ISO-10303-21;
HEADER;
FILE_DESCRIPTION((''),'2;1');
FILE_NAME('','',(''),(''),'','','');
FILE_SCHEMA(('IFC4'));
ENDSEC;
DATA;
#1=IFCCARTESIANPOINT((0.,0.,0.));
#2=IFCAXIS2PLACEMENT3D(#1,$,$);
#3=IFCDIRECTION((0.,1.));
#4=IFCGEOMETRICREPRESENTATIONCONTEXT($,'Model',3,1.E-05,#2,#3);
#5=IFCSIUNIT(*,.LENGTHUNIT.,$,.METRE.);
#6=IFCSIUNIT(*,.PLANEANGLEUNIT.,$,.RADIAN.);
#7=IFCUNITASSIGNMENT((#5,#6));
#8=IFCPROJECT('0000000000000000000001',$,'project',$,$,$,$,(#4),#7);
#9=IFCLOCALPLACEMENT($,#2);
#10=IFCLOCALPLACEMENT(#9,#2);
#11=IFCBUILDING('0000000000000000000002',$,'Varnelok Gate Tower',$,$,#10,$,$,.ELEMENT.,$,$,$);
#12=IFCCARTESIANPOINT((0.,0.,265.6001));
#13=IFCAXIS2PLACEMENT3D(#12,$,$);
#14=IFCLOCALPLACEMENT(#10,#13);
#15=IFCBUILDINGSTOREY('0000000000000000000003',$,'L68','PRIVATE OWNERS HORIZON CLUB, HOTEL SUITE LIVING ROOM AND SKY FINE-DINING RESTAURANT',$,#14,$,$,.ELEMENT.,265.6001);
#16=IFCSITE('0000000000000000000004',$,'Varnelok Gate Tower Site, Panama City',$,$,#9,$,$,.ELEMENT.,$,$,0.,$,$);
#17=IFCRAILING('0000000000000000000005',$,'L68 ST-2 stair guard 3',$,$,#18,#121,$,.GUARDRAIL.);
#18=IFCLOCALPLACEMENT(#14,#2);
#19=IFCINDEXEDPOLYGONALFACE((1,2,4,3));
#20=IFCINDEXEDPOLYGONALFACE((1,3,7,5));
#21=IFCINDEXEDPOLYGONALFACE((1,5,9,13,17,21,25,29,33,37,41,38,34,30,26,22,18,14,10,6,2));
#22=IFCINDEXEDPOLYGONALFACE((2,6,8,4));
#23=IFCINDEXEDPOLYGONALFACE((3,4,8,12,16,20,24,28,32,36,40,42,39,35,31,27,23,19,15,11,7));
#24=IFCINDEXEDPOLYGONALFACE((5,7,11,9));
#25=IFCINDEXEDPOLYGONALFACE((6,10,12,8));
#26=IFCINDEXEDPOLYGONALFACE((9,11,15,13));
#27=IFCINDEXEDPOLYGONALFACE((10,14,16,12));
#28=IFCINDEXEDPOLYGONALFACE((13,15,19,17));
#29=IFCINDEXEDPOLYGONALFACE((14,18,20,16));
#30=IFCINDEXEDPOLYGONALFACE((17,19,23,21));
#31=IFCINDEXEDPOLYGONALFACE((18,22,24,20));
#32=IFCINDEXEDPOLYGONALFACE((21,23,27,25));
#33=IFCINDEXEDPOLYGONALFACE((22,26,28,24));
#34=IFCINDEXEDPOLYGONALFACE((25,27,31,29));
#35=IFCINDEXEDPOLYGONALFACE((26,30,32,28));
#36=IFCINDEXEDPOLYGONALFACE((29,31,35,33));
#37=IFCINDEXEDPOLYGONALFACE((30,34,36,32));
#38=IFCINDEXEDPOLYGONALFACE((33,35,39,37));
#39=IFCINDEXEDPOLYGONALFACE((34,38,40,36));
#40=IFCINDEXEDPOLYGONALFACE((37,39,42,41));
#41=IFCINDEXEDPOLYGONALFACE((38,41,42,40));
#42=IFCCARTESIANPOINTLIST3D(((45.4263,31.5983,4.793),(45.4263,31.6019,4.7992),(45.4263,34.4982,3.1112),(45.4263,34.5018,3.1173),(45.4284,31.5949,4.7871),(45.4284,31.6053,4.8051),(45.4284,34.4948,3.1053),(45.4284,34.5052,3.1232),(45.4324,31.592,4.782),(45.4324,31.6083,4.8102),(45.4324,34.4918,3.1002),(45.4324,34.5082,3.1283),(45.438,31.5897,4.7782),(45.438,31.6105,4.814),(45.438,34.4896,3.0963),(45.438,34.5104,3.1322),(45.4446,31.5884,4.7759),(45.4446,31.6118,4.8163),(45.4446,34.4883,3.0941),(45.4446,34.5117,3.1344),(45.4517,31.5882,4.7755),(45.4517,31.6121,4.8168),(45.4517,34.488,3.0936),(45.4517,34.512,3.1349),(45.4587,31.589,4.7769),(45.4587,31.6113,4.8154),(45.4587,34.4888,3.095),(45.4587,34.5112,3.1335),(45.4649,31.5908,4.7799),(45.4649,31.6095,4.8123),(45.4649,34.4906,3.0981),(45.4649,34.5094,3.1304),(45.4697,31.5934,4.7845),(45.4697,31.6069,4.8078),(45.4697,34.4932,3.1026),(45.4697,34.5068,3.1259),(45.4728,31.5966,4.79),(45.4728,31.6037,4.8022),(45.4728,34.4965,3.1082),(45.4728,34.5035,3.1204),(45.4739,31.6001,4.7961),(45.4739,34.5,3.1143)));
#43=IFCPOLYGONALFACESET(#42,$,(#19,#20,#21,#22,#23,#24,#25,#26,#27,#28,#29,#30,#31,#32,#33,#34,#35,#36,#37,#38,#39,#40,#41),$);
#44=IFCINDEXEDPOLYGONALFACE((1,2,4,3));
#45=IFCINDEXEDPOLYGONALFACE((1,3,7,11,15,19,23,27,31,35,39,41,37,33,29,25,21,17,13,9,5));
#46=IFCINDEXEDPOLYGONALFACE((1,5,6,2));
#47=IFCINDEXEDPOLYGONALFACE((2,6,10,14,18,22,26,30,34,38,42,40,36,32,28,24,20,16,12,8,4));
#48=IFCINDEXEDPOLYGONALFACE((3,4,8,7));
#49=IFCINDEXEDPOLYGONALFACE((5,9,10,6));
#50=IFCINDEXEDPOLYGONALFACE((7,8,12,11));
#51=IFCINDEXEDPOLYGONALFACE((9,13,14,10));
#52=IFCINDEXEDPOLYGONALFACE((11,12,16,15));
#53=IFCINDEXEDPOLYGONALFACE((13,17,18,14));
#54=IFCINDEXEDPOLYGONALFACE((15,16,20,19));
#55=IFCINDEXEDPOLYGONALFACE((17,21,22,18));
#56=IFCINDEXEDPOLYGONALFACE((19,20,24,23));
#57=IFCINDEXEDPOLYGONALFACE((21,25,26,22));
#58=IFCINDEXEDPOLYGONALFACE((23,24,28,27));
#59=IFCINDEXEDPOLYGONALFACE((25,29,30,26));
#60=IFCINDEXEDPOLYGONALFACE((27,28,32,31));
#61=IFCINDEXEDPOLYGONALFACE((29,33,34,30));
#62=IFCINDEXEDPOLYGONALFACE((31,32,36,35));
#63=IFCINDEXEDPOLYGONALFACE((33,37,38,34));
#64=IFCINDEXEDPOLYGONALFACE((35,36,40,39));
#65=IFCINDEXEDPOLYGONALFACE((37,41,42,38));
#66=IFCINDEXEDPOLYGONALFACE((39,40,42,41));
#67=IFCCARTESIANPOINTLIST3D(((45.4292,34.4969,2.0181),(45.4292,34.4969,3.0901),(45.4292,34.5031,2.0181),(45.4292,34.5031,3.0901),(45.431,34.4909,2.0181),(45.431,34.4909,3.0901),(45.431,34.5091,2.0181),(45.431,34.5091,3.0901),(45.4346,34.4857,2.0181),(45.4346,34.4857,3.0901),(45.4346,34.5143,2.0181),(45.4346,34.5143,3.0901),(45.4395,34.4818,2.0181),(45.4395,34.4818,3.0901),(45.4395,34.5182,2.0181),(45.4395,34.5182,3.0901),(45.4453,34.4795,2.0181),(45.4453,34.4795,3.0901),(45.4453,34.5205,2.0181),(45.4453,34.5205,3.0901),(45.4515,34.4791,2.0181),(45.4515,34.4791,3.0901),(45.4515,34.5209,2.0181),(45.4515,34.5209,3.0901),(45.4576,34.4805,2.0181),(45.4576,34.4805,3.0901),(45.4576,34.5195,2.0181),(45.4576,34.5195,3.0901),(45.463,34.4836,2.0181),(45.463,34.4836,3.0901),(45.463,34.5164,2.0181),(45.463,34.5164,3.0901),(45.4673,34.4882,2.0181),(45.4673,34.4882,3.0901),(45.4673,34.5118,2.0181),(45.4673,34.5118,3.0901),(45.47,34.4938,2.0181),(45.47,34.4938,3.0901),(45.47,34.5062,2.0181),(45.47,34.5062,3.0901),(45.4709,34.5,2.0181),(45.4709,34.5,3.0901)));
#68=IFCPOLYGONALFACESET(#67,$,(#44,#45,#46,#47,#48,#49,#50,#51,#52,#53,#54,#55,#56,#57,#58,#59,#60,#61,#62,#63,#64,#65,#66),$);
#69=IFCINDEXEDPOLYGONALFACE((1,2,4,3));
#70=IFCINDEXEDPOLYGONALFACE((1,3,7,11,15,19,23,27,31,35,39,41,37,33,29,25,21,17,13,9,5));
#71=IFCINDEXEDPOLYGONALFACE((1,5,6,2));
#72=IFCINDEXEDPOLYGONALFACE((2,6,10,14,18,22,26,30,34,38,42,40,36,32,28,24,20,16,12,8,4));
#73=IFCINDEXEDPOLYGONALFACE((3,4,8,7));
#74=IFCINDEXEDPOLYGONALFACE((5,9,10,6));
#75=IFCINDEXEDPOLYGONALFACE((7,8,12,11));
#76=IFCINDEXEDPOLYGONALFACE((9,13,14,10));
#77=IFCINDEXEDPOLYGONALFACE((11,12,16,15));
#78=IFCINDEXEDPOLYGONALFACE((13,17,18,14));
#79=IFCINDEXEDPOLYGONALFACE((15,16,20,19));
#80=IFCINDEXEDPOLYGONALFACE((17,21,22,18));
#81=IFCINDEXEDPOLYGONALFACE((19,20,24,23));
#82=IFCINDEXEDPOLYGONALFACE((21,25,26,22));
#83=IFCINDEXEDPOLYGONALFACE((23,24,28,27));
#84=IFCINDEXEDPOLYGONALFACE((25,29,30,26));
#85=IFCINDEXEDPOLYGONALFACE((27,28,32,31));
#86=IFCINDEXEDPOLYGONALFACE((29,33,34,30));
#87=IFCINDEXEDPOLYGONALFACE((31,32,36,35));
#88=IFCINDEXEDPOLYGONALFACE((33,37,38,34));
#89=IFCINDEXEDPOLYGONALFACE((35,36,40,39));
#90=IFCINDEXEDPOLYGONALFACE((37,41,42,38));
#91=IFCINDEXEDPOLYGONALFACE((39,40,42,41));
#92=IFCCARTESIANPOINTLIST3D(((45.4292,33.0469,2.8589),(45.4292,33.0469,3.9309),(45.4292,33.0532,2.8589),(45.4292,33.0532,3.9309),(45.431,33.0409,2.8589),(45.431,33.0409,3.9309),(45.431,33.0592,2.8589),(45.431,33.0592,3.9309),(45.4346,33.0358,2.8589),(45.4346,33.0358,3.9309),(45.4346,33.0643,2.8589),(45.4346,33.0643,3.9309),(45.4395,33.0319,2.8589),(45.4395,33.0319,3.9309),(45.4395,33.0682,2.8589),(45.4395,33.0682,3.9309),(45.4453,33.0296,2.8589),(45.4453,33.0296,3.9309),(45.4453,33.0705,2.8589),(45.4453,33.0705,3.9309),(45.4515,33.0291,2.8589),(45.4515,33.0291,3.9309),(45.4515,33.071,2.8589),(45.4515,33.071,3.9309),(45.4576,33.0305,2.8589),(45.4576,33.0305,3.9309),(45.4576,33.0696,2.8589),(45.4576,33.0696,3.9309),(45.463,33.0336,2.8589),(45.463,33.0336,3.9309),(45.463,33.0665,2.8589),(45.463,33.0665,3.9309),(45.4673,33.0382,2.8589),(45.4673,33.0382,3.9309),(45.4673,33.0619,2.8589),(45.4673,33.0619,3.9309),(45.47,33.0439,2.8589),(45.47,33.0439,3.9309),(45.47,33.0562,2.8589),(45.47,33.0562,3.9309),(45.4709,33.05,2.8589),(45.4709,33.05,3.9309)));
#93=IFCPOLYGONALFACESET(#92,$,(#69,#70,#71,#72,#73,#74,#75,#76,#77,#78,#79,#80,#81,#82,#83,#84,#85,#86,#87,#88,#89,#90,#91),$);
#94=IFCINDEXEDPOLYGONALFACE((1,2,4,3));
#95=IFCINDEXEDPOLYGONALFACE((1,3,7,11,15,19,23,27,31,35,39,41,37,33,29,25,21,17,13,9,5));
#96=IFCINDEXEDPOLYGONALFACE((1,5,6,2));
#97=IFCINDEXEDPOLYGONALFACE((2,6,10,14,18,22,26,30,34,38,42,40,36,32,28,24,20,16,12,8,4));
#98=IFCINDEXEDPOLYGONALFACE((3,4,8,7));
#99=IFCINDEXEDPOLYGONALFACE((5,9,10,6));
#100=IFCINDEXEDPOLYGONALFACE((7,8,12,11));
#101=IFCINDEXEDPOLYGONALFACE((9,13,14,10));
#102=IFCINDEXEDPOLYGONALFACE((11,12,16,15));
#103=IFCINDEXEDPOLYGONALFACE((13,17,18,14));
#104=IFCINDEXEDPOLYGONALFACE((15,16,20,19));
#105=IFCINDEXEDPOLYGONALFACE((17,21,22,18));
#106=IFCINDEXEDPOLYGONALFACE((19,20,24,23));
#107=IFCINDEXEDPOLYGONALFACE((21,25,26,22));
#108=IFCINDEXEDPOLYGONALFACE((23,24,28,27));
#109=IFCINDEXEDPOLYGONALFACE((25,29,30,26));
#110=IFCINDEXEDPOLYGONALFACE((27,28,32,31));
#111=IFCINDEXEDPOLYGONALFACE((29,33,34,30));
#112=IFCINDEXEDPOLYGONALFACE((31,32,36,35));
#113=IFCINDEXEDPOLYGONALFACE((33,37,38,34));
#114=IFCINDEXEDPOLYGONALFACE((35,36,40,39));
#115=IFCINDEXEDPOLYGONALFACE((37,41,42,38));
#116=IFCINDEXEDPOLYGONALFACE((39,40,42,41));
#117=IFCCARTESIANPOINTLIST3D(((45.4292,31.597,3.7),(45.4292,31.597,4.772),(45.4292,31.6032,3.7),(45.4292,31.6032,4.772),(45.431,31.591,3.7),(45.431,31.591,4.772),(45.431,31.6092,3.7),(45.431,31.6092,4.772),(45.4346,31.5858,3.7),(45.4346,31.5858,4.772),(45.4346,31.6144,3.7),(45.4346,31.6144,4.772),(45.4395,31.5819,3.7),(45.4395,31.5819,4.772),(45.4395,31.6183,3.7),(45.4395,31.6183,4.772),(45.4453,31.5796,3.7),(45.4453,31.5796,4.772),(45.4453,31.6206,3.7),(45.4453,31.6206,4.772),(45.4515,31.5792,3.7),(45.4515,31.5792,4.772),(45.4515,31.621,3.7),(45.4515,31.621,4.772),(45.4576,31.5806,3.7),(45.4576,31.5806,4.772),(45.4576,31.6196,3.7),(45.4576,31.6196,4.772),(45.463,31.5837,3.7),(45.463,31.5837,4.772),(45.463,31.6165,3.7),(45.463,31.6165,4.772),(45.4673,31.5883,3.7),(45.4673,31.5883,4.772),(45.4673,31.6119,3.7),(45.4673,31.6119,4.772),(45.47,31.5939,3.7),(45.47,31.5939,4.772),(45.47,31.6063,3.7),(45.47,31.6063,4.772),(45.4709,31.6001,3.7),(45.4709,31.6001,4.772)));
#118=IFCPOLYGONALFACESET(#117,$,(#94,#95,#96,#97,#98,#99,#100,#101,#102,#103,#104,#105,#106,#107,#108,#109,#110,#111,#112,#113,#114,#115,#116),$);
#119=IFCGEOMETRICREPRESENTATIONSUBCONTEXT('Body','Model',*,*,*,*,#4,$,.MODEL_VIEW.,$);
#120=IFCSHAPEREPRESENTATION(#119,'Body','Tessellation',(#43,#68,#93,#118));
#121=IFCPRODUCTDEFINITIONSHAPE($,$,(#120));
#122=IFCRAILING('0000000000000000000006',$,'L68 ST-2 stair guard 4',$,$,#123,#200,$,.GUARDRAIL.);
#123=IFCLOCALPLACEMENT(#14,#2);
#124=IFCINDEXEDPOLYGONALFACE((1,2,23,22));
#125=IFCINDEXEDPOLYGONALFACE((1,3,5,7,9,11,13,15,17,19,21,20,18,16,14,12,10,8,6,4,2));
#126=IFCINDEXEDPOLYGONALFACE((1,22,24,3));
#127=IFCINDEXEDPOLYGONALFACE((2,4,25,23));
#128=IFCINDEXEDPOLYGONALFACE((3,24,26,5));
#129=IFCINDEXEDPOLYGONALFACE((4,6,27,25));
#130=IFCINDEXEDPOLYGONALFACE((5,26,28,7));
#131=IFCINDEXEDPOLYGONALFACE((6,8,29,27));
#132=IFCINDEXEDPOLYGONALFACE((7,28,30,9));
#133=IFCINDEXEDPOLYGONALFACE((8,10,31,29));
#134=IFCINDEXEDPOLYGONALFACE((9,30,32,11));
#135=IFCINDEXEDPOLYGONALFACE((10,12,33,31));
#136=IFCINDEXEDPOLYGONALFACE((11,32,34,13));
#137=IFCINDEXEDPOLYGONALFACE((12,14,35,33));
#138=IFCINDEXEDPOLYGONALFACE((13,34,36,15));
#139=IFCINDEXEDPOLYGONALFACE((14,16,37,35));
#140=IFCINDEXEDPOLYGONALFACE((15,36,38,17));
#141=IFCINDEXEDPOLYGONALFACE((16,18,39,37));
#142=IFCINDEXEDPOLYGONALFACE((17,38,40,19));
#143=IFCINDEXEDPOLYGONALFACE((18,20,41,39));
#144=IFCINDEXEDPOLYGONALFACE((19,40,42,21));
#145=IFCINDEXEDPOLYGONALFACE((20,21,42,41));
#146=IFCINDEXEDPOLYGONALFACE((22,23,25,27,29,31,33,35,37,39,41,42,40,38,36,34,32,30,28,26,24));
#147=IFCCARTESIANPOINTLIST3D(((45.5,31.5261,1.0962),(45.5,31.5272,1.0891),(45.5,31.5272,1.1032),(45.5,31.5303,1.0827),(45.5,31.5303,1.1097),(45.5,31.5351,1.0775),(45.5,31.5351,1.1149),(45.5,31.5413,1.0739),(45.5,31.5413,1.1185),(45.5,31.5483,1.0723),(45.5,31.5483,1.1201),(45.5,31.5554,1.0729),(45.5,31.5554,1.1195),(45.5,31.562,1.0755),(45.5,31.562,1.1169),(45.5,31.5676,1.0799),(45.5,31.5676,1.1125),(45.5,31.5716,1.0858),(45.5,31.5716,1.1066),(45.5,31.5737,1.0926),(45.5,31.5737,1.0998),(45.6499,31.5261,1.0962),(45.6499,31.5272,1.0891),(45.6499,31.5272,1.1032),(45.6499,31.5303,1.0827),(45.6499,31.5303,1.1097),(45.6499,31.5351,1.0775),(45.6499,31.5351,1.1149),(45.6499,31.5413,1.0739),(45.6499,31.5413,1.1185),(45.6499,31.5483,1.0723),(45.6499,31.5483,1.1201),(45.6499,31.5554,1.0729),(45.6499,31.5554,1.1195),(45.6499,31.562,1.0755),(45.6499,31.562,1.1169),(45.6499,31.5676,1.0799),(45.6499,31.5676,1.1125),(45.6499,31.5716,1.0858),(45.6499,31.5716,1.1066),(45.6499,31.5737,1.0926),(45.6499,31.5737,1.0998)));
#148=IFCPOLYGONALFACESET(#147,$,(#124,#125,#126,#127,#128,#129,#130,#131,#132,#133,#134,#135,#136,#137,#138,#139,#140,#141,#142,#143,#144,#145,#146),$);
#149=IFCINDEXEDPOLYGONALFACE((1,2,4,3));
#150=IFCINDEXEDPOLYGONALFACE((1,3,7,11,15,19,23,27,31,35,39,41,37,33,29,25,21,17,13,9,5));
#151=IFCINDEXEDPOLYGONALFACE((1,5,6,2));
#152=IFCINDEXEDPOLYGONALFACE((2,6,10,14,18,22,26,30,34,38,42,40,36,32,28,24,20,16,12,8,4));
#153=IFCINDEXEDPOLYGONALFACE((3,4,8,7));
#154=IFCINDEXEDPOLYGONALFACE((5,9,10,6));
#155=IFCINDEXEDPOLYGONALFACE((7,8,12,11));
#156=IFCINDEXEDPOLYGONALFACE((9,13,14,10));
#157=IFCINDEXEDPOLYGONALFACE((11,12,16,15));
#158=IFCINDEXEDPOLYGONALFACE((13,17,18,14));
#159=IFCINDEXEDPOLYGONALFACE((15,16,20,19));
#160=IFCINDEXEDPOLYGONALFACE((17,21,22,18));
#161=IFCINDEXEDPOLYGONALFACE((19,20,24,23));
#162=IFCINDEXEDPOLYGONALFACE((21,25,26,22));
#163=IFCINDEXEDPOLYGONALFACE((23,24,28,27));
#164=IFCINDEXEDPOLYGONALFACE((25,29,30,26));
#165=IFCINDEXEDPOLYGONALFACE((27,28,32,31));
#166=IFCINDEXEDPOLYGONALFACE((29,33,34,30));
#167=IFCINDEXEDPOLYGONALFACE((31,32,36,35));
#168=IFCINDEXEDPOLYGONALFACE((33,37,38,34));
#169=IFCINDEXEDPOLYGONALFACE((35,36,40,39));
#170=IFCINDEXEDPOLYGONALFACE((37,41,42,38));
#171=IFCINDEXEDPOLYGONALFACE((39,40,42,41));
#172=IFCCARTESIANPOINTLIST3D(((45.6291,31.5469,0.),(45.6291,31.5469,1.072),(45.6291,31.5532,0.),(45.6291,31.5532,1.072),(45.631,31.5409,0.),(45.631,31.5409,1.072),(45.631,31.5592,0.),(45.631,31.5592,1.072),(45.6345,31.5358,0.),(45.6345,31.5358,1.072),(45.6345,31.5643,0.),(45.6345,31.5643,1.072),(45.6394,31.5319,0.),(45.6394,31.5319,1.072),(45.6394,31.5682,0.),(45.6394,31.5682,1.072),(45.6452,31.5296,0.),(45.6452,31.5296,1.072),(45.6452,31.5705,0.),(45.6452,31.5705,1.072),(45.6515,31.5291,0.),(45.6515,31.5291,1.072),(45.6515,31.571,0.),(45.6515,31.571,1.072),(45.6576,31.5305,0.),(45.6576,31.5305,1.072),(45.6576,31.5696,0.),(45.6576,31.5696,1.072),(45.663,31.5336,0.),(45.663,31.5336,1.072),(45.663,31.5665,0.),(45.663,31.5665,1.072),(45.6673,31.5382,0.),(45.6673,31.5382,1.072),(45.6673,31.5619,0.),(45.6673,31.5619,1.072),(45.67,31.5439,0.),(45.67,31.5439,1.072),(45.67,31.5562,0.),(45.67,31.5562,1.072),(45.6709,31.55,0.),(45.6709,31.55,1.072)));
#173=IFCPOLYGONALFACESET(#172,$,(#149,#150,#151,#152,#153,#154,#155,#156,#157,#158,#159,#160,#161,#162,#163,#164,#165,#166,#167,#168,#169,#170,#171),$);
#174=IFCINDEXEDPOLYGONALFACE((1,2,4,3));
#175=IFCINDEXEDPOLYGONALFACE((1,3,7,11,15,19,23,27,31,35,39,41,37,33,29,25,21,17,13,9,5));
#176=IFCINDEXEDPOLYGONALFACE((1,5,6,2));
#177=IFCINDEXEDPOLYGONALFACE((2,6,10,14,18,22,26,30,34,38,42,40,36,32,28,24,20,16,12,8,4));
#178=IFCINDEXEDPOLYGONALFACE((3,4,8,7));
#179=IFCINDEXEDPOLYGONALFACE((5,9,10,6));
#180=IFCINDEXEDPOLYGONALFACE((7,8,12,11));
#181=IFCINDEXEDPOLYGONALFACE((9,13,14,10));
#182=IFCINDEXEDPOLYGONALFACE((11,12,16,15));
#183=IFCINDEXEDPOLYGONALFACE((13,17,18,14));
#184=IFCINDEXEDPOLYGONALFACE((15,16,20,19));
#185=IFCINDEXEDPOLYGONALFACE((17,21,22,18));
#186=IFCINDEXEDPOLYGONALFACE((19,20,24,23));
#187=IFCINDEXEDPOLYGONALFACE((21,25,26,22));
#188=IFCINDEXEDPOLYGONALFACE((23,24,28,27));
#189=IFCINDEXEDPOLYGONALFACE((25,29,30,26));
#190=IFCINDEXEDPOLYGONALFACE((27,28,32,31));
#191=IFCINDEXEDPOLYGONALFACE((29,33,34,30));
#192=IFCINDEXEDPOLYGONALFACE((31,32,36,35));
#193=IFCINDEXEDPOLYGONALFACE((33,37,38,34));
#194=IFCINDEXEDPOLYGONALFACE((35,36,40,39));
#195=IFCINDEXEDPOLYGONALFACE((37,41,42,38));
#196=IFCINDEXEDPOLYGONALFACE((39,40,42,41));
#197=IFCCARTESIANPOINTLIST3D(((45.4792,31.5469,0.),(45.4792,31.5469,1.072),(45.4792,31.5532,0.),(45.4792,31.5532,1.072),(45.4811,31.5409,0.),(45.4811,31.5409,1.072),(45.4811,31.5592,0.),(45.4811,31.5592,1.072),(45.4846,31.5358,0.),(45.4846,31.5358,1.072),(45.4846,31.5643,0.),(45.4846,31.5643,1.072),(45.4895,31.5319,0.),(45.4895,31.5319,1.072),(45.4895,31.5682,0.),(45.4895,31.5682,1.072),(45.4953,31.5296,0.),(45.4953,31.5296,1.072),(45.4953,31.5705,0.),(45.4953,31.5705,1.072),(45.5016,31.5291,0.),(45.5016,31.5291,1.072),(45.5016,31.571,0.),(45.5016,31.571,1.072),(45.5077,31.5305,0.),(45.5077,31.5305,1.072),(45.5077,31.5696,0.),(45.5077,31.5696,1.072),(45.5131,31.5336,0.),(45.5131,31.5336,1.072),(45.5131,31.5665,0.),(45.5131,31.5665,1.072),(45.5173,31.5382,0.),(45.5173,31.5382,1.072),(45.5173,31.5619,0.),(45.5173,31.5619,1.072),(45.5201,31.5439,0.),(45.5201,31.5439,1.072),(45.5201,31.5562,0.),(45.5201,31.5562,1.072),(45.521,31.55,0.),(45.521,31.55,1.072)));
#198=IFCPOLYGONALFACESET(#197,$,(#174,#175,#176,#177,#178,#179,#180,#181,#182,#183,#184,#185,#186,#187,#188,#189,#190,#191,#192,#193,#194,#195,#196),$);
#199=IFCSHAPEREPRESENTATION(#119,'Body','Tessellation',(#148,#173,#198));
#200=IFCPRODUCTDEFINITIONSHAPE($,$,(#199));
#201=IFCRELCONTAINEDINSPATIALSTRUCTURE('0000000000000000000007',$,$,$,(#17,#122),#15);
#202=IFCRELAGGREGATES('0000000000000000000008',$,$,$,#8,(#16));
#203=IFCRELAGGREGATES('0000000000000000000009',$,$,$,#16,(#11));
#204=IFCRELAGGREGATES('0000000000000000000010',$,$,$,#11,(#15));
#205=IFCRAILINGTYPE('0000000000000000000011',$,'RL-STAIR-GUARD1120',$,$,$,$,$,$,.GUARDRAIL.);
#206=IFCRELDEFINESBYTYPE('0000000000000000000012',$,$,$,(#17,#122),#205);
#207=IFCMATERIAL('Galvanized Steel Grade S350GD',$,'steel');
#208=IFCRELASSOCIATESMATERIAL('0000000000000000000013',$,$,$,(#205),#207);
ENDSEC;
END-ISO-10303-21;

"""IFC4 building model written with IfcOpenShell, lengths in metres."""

from ifc_helpers import new_model, si_unit, direction, frame, origin, origin_2d, place, context, subcontext, project, spatial, circle, extrude, material, type_object, element, save


model = new_model("IFC4")

# Units and contexts
model_context = context("Model", 3, precision=1e-05, world=origin(), true_north=direction((0.0, 1.0)))
body_context = subcontext(model_context, "Body", "Model", "MODEL_VIEW")
ifc_project = project(units=[si_unit("LENGTHUNIT", "METRE"), si_unit("PLANEANGLEUNIT", "RADIAN")], contexts=[model_context])

# Site, building, storey
site_placement = place(None, origin())
site = spatial("IfcSite", under=ifc_project, at=site_placement, Name="Varnelok Gate Tower Site, Panama City", CompositionType="ELEMENT", RefElevation=0.0)
building_placement = place(site_placement, origin())
building = spatial("IfcBuilding", under=site, at=building_placement, Name="Varnelok Gate Tower", CompositionType="ELEMENT")
storey_placement = place(building_placement, frame((0.0, 0.0, 265.6001)))
storey = spatial("IfcBuildingStorey", under=building, at=storey_placement, Name="L68", Description="PRIVATE OWNERS HORIZON CLUB, HOTEL SUITE LIVING ROOM AND SKY FINE-DINING RESTAURANT", CompositionType="ELEMENT", Elevation=265.6001)

# Shared definitions
ifc_material_1 = material(Name="Galvanized Steel Grade S350GD", Category="steel")

# Railings
railing_type_1 = type_object("IfcRailingType", Name="RL-STAIR-GUARD1120", PredefinedType="GUARDRAIL", material=ifc_material_1)
railing_1_placement = place(storey_placement, frame((45.45, 34.5, 2.0181)))
element("IfcRailing", 1, at=railing_1_placement, inside=storey, type_object=railing_type_1, Name="L68 ST-2 stair guard 3", PredefinedType="GUARDRAIL", context=body_context, shape_type="SweptSolid", body=[
    extrude(circle(Radius=0.0239, at=origin_2d()), frame((0.0, 0.0, 1.0962), z_axis=(0.0, -0.865039, 0.501705), x_axis=(1.0, 0.0, 0.0)), (0.0, 0.0, 1.0), 3.3523),
    extrude(circle(Radius=0.021, at=origin_2d()), origin(), (0.0, 0.0, 1.0), 1.072),
    extrude(circle(Radius=0.021, at=origin_2d()), frame((0.0, -1.45, 0.8408)), (0.0, 0.0, 1.0), 1.072),
    extrude(circle(Radius=0.021, at=origin_2d()), frame((0.0, -2.8999, 1.6819)), (0.0, 0.0, 1.0), 1.072),
])
railing_2_placement = place(storey_placement, frame((45.6499, 31.55, 0.0)))
element("IfcRailing", 2, at=railing_2_placement, inside=storey, type_object=railing_type_1, Name="L68 ST-2 stair guard 4", PredefinedType="GUARDRAIL", context=body_context, shape_type="SweptSolid", body=[
    extrude(circle(Radius=0.0239, at=origin_2d()), frame((0.0, 0.0, 1.0962), z_axis=(-1.0, 0.0, 0.0), x_axis=(0.0, -1.0, 0.0)), (0.0, 0.0, 1.0), 0.1499),
    extrude(circle(Radius=0.021, at=origin_2d()), origin(), (0.0, 0.0, 1.0), 1.072),
    extrude(circle(Radius=0.021, at=origin_2d()), frame((-0.1499, 0.0, 0.0)), (0.0, 0.0, 1.0), 1.072),
])

save(model, "model.ifc")
